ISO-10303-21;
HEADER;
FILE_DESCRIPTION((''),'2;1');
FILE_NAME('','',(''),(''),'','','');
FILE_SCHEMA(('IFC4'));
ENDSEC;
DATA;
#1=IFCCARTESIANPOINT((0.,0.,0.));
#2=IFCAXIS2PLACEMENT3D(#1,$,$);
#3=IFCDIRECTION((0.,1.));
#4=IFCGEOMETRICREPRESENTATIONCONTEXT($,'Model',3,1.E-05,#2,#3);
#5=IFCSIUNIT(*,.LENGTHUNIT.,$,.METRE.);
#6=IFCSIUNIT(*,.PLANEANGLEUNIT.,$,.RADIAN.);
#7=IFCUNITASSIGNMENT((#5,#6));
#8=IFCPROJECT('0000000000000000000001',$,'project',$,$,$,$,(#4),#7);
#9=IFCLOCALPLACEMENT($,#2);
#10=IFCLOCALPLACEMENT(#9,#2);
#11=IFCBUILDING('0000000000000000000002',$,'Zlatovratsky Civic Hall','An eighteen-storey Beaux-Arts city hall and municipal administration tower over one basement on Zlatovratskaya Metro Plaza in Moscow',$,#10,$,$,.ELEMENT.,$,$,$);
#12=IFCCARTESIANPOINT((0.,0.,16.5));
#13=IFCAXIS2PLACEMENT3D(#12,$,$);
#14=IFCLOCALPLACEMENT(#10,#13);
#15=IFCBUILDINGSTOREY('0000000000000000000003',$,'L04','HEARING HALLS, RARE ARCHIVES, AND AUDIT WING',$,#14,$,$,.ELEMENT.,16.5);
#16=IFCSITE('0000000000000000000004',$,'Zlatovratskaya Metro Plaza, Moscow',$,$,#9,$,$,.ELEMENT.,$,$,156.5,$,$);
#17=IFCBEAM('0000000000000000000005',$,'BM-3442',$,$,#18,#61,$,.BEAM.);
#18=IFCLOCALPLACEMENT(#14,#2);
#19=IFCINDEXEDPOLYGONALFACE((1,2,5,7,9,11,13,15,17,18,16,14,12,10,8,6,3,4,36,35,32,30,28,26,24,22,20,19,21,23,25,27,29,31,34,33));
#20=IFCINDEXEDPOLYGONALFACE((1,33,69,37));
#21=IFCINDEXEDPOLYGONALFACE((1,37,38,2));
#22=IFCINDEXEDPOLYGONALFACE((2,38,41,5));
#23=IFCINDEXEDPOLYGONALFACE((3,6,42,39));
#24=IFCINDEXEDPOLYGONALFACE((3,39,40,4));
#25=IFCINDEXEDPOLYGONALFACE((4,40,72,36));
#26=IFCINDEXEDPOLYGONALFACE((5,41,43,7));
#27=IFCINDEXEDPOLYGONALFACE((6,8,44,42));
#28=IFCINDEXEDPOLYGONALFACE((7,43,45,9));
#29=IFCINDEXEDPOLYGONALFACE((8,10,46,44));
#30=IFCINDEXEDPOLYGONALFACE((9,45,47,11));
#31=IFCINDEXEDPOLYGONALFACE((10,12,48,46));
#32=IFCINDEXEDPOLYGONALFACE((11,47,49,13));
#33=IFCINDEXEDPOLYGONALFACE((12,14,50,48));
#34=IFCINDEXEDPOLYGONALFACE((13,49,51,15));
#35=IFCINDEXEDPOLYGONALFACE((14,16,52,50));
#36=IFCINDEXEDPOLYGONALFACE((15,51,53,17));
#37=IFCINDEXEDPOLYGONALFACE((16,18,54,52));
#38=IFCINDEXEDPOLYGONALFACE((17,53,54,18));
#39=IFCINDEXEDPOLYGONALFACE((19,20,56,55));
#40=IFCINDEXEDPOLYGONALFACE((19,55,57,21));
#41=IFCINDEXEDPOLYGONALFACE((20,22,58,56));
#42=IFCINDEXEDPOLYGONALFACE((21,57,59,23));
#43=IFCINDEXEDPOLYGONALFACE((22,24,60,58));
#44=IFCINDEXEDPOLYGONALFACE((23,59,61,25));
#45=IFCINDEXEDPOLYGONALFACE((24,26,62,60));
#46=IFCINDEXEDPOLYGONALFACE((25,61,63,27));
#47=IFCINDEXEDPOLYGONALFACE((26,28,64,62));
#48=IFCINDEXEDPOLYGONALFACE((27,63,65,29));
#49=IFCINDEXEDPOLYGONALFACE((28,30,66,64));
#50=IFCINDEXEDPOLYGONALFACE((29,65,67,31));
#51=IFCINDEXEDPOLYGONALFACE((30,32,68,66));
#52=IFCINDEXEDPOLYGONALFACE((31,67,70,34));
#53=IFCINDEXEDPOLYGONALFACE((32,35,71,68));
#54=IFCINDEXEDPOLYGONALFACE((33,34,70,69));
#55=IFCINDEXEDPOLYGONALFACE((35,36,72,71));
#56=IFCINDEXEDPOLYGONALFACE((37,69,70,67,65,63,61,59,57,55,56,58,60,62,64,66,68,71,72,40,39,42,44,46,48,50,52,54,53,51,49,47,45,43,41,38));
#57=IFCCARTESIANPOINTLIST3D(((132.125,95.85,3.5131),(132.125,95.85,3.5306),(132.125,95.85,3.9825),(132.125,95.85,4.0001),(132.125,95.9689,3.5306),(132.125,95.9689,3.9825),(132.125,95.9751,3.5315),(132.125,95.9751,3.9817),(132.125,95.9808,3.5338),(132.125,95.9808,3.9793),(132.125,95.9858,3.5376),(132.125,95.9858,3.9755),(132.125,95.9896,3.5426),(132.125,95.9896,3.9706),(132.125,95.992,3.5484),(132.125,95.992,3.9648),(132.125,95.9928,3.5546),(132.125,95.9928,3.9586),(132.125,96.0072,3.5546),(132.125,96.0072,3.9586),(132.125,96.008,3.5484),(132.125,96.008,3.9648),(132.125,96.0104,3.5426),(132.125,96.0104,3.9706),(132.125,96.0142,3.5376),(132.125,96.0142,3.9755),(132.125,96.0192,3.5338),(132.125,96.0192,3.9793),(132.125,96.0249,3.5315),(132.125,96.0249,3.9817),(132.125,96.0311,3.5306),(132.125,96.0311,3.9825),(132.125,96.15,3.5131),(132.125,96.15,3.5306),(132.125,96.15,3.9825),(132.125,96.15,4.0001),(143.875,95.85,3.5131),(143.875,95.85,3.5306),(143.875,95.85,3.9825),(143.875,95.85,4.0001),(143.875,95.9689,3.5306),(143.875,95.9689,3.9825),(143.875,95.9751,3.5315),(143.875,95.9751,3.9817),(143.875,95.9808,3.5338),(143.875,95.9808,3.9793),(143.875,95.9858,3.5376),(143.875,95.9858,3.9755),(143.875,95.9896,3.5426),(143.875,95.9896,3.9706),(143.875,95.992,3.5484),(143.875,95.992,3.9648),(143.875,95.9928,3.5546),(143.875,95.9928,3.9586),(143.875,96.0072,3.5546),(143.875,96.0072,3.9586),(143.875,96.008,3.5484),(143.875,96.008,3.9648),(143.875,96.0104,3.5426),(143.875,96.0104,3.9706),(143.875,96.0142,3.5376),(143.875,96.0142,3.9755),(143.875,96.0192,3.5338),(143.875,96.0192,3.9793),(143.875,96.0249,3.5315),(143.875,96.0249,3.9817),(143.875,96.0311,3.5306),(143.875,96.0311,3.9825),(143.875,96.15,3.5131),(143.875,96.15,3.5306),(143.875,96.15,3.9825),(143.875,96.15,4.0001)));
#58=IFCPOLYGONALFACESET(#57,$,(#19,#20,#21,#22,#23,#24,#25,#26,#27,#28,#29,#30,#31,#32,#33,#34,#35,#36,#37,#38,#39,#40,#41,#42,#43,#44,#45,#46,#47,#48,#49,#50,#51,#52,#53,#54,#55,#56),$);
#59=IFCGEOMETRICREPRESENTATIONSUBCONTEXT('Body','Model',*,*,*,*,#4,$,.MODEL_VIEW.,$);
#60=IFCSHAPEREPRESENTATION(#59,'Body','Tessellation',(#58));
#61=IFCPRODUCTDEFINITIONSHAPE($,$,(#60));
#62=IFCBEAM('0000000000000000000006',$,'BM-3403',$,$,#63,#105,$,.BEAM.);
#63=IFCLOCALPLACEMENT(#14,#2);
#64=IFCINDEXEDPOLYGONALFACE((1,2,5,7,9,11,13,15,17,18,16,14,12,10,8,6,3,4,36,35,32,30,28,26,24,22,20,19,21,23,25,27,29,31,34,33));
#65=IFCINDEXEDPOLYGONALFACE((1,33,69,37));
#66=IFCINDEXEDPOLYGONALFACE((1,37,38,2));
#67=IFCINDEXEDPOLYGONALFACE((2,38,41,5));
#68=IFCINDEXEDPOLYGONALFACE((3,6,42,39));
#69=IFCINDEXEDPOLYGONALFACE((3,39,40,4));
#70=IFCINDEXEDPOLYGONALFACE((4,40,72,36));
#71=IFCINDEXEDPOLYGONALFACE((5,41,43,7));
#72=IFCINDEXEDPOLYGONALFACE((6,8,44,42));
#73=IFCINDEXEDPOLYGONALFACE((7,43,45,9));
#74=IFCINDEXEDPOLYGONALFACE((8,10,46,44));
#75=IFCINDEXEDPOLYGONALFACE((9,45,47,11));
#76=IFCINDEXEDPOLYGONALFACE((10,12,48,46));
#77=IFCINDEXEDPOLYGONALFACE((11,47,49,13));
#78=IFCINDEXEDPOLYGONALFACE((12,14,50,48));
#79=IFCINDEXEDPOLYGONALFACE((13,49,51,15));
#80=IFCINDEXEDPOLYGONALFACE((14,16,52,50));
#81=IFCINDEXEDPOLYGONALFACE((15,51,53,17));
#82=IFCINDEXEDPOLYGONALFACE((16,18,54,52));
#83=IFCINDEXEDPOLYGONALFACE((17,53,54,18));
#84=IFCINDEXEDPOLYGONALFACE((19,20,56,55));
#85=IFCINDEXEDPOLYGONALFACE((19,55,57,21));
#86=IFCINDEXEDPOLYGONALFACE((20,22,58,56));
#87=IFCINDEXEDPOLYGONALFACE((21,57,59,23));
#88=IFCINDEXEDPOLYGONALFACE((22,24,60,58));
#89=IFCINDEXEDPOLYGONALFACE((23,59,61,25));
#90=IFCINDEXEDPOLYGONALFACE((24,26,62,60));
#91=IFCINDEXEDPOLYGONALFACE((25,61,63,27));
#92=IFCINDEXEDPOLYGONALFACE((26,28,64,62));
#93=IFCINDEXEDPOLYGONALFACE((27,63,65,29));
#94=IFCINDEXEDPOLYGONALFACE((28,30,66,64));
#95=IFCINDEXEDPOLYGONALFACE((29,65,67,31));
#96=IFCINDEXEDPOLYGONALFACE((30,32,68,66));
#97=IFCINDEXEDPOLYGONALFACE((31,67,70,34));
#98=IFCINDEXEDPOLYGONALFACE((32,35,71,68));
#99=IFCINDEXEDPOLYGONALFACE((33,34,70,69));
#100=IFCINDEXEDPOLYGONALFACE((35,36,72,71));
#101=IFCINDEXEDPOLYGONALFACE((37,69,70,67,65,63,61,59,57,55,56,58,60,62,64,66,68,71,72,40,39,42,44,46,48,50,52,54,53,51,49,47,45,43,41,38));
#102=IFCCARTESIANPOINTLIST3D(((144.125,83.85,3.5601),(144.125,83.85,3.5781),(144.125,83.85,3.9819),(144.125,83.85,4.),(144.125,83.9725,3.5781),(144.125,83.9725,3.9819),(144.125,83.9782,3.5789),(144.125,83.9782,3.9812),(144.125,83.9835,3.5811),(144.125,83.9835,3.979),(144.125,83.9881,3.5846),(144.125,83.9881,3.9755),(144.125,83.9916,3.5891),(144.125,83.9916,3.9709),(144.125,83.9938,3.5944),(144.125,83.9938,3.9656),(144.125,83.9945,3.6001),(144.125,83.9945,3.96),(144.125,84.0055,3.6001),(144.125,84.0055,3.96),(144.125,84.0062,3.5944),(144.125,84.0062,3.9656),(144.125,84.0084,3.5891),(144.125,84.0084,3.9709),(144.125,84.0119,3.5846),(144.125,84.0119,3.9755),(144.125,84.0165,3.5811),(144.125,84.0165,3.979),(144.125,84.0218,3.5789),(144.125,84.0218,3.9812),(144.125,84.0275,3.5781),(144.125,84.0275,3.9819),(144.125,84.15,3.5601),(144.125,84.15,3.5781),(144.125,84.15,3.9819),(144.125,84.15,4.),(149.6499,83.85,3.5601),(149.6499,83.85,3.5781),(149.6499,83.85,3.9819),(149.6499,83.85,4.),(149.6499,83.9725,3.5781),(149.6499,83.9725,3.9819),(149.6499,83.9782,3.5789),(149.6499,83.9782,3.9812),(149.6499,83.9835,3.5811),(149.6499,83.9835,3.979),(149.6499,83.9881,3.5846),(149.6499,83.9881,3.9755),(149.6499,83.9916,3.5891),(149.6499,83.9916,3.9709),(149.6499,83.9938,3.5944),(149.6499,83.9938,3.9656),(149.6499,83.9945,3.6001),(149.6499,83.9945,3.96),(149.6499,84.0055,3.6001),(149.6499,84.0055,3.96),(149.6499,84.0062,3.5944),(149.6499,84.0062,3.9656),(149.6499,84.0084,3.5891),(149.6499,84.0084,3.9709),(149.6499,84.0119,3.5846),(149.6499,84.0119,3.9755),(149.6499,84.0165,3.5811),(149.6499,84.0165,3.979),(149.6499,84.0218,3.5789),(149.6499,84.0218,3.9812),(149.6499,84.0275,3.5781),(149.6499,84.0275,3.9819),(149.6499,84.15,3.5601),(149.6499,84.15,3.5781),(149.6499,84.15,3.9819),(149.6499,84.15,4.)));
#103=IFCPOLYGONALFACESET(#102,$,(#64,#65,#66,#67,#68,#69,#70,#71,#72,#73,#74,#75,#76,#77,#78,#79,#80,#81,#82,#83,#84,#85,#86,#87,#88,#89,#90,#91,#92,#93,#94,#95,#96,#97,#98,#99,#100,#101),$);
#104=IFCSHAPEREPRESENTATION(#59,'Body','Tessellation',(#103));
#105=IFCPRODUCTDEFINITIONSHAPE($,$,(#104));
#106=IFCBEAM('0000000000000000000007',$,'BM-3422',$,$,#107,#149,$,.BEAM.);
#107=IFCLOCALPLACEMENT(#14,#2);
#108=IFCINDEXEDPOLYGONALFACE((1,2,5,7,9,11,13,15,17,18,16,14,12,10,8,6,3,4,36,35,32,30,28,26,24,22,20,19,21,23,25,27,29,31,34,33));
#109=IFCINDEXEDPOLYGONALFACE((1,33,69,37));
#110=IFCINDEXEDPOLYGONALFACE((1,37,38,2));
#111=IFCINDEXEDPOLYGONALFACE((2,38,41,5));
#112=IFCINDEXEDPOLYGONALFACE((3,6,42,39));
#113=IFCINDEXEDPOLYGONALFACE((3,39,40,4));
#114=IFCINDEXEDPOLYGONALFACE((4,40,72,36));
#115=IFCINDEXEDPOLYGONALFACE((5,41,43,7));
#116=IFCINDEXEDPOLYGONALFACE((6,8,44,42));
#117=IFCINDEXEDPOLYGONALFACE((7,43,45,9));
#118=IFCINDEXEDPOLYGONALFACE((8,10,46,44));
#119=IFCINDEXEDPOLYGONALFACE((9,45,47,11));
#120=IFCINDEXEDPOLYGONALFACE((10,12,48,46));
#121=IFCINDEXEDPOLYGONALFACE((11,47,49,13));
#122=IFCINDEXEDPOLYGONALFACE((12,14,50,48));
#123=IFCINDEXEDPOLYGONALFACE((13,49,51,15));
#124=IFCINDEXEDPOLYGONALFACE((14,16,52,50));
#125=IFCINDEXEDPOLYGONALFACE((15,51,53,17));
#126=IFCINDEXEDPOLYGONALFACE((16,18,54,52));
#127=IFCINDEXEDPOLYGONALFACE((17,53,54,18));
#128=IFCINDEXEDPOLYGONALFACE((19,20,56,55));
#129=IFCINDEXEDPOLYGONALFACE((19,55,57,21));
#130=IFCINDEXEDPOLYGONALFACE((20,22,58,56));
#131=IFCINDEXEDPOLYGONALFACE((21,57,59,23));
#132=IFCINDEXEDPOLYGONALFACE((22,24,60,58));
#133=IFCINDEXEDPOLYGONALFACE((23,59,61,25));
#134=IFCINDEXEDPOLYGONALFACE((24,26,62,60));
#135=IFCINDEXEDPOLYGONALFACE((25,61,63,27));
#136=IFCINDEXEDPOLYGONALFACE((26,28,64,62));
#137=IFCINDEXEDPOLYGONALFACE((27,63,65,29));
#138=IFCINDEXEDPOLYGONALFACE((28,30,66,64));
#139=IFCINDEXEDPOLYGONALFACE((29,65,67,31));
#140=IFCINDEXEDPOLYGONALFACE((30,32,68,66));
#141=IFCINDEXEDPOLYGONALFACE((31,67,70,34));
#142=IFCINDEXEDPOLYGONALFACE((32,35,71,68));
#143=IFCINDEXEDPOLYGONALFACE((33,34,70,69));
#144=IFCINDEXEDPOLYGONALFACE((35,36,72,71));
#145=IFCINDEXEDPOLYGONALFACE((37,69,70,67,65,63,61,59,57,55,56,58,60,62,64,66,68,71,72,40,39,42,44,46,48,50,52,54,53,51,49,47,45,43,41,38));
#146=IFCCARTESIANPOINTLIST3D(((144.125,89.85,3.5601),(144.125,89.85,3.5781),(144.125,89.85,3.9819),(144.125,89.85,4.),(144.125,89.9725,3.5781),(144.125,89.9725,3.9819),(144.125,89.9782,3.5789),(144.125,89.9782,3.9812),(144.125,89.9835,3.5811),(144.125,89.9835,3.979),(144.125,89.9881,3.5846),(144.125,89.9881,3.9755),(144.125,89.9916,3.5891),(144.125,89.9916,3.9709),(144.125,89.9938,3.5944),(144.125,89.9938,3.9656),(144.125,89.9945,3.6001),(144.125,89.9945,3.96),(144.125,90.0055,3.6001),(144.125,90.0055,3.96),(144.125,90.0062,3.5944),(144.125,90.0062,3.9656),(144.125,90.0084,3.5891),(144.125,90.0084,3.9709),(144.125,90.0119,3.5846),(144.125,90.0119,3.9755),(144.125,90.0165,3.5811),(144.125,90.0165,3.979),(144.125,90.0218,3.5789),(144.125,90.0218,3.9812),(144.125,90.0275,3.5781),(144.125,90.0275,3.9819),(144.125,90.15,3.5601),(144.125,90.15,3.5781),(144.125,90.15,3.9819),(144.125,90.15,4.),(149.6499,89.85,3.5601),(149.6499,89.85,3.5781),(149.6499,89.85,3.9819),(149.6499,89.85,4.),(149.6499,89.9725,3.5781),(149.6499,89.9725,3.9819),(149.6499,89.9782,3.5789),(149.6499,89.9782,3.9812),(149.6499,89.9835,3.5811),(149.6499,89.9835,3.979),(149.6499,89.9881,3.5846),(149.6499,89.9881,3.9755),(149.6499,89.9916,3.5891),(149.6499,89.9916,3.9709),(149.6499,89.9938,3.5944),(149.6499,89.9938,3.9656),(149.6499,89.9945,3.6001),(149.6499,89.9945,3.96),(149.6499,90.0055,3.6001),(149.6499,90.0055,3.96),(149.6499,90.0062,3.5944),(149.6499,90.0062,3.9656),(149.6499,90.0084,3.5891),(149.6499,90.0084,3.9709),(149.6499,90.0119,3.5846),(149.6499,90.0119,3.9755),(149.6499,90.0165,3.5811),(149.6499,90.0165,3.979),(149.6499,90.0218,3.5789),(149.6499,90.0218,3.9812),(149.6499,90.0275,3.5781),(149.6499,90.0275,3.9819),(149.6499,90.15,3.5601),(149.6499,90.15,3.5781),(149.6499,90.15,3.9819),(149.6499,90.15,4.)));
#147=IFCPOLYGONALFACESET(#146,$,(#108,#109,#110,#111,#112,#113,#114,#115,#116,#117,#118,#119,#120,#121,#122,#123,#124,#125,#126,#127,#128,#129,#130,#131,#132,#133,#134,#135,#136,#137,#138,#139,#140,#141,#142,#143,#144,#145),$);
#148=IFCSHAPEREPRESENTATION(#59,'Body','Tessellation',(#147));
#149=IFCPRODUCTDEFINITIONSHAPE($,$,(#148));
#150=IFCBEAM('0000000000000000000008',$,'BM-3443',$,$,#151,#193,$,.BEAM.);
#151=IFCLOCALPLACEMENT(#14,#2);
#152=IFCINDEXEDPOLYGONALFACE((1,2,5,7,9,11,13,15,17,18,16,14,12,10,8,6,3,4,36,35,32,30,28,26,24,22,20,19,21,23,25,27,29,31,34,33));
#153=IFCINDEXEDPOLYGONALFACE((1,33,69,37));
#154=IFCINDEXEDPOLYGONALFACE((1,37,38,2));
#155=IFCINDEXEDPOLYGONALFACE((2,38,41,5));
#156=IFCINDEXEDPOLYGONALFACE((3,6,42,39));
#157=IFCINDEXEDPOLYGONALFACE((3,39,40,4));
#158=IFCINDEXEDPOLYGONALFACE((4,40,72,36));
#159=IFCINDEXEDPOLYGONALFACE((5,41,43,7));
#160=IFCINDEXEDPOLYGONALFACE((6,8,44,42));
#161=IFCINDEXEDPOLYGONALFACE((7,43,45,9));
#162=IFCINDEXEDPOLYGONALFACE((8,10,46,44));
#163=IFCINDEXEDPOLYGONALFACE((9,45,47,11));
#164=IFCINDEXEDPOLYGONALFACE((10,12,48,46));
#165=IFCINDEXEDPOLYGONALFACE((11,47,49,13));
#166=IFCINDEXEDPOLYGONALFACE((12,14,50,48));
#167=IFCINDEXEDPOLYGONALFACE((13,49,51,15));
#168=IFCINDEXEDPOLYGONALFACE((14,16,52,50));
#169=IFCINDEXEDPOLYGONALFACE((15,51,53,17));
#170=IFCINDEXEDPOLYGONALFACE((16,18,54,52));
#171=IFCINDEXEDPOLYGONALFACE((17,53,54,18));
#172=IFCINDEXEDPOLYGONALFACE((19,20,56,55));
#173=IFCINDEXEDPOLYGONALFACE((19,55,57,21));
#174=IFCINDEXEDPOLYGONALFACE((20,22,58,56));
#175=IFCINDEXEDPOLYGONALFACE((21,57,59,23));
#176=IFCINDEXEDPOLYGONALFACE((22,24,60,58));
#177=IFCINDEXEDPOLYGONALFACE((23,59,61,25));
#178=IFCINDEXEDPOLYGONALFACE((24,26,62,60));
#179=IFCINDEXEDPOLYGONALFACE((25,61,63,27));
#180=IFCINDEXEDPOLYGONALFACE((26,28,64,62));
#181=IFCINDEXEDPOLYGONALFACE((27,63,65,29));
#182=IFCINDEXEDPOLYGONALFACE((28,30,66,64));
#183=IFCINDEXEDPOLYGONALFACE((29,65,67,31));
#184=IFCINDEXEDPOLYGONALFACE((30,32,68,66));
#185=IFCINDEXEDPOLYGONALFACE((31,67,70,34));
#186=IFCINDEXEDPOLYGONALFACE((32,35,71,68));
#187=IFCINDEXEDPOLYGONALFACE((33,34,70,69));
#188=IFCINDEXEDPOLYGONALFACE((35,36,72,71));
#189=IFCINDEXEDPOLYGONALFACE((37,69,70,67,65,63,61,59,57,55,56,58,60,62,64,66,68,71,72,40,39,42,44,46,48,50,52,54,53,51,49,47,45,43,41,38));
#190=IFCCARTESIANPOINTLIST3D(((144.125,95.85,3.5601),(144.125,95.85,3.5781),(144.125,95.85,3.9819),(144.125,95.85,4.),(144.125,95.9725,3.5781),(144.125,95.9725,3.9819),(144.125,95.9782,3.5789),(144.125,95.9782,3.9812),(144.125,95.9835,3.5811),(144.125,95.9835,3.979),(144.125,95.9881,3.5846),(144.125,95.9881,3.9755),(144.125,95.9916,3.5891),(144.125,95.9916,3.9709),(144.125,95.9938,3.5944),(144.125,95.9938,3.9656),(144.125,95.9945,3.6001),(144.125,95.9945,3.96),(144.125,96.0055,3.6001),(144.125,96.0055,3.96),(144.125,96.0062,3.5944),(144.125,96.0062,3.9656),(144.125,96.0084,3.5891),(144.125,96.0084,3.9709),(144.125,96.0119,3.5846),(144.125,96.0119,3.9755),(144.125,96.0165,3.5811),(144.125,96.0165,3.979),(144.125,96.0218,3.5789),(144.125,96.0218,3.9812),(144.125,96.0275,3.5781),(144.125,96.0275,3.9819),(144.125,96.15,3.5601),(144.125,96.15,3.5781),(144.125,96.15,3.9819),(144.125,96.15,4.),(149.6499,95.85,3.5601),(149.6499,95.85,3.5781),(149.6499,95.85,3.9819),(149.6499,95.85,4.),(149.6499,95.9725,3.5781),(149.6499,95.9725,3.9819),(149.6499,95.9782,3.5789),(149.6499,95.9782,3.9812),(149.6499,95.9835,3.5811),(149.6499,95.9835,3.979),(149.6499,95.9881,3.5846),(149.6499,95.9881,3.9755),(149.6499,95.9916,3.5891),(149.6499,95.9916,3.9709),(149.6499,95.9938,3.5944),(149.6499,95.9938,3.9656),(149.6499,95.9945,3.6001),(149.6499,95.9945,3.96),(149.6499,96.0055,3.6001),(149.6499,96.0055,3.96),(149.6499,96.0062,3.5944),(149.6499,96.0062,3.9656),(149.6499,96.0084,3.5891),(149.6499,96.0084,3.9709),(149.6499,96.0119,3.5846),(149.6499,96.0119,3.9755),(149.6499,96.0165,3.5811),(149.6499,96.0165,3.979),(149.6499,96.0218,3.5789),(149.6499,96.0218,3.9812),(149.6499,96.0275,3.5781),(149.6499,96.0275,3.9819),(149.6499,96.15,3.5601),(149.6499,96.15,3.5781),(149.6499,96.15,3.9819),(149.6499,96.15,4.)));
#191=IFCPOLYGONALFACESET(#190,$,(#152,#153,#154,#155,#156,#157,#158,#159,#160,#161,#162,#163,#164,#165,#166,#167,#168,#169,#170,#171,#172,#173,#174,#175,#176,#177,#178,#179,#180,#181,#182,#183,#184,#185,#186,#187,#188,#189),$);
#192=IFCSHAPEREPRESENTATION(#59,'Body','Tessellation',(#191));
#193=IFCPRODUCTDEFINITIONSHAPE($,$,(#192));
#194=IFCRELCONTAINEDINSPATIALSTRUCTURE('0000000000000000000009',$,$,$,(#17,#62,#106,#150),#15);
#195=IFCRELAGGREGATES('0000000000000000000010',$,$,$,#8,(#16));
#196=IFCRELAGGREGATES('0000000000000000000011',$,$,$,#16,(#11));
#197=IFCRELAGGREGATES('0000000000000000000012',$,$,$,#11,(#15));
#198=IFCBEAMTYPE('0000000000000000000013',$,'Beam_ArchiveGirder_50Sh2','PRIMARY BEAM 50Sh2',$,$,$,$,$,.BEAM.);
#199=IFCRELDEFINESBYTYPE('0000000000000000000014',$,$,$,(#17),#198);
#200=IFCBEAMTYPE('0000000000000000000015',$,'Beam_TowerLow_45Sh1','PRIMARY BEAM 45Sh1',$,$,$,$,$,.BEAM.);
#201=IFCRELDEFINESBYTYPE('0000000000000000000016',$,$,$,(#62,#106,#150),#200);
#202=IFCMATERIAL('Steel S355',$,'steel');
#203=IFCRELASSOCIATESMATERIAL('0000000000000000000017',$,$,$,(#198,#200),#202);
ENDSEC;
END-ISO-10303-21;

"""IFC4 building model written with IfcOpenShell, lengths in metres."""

from ifc_helpers import new_model, si_unit, direction, frame, origin, origin_2d, place, context, subcontext, project, spatial, i_section, extrude, material, material_profile, profile_set, type_object, element, save


model = new_model("IFC4")

# Units and contexts
model_context = context("Model", 3, precision=1e-05, world=origin(), true_north=direction((0.0, 1.0)))
body_context = subcontext(model_context, "Body", "Model", "MODEL_VIEW")
ifc_project = project(units=[si_unit("LENGTHUNIT", "METRE"), si_unit("PLANEANGLEUNIT", "RADIAN")], contexts=[model_context])

# Site, building, storey
site_placement = place(None, origin())
site = spatial("IfcSite", under=ifc_project, at=site_placement, Name="Zlatovratskaya Metro Plaza, Moscow", CompositionType="ELEMENT", RefElevation=156.5)
building_placement = place(site_placement, origin())
building = spatial("IfcBuilding", under=site, at=building_placement, Name="Zlatovratsky Civic Hall", Description="An eighteen-storey Beaux-Arts city hall and municipal administration tower over one basement on Zlatovratskaya Metro Plaza in Moscow", CompositionType="ELEMENT")
storey_placement = place(building_placement, frame((0.0, 0.0, 16.5)))
storey = spatial("IfcBuildingStorey", under=building, at=storey_placement, Name="L04", Description="HEARING HALLS, RARE ARCHIVES, AND AUDIT WING", CompositionType="ELEMENT", Elevation=16.5)

# Shared definitions
ifc_material_1 = material(Name="Steel S355", Category="steel")

# Beams
ifc_material_profile_1 = material_profile(ifc_material_1, i_section(OverallWidth=0.3, OverallDepth=0.4871, WebThickness=0.0144, FlangeThickness=0.0176, FilletRadius=0.0239, at=origin_2d()), Name="50Sh2")
ifc_profile_set_1 = profile_set([ifc_material_profile_1], Name="Steel S355")
beam_type_1 = type_object("IfcBeamType", Name="Beam_ArchiveGirder_50Sh2", Description="PRIMARY BEAM 50Sh2", PredefinedType="BEAM", material=ifc_profile_set_1)
for number, where, z_axis, x_axis, name in (
    (1, (132.125, 96.0, 3.7566), (1.0, 0.0, 0.0), (0.0, 1.0, 0.0), "BM-3442"),
):
    element("IfcBeam", number, at=place(storey_placement, frame(where, z_axis=z_axis, x_axis=x_axis)), inside=storey, type_object=beam_type_1, Name=name, PredefinedType="BEAM", context=body_context, shape_type="SweptSolid", body=[
        extrude(i_section(OverallWidth=0.3, OverallDepth=0.4871, WebThickness=0.0144, FlangeThickness=0.0176, FilletRadius=0.0239, at=origin_2d()), origin(), (0.0, 0.0, 1.0), 11.75),
    ])
ifc_material_profile_2 = material_profile(ifc_material_1, i_section(OverallWidth=0.3, OverallDepth=0.4399, WebThickness=0.011, FlangeThickness=0.0181, FilletRadius=0.022, at=origin_2d()), Name="45Sh1")
ifc_profile_set_2 = profile_set([ifc_material_profile_2], Name="Steel S355")
beam_type_2 = type_object("IfcBeamType", Name="Beam_TowerLow_45Sh1", Description="PRIMARY BEAM 45Sh1", PredefinedType="BEAM", material=ifc_profile_set_2)
for number, where, z_axis, x_axis, name in (
    (2, (144.125, 84.0, 3.78), (1.0, 0.0, 0.0), (0.0, 1.0, 0.0), "BM-3403"),
    (3, (144.125, 90.0, 3.78), (1.0, 0.0, 0.0), (0.0, 1.0, 0.0), "BM-3422"),
    (4, (144.125, 96.0, 3.78), (1.0, 0.0, 0.0), (0.0, 1.0, 0.0), "BM-3443"),
):
    element("IfcBeam", number, at=place(storey_placement, frame(where, z_axis=z_axis, x_axis=x_axis)), inside=storey, type_object=beam_type_2, Name=name, PredefinedType="BEAM", context=body_context, shape_type="SweptSolid", body=[
        extrude(i_section(OverallWidth=0.3, OverallDepth=0.4399, WebThickness=0.011, FlangeThickness=0.0181, FilletRadius=0.022, at=origin_2d()), origin(), (0.0, 0.0, 1.0), 5.5249),
    ])

save(model, "model.ifc")
